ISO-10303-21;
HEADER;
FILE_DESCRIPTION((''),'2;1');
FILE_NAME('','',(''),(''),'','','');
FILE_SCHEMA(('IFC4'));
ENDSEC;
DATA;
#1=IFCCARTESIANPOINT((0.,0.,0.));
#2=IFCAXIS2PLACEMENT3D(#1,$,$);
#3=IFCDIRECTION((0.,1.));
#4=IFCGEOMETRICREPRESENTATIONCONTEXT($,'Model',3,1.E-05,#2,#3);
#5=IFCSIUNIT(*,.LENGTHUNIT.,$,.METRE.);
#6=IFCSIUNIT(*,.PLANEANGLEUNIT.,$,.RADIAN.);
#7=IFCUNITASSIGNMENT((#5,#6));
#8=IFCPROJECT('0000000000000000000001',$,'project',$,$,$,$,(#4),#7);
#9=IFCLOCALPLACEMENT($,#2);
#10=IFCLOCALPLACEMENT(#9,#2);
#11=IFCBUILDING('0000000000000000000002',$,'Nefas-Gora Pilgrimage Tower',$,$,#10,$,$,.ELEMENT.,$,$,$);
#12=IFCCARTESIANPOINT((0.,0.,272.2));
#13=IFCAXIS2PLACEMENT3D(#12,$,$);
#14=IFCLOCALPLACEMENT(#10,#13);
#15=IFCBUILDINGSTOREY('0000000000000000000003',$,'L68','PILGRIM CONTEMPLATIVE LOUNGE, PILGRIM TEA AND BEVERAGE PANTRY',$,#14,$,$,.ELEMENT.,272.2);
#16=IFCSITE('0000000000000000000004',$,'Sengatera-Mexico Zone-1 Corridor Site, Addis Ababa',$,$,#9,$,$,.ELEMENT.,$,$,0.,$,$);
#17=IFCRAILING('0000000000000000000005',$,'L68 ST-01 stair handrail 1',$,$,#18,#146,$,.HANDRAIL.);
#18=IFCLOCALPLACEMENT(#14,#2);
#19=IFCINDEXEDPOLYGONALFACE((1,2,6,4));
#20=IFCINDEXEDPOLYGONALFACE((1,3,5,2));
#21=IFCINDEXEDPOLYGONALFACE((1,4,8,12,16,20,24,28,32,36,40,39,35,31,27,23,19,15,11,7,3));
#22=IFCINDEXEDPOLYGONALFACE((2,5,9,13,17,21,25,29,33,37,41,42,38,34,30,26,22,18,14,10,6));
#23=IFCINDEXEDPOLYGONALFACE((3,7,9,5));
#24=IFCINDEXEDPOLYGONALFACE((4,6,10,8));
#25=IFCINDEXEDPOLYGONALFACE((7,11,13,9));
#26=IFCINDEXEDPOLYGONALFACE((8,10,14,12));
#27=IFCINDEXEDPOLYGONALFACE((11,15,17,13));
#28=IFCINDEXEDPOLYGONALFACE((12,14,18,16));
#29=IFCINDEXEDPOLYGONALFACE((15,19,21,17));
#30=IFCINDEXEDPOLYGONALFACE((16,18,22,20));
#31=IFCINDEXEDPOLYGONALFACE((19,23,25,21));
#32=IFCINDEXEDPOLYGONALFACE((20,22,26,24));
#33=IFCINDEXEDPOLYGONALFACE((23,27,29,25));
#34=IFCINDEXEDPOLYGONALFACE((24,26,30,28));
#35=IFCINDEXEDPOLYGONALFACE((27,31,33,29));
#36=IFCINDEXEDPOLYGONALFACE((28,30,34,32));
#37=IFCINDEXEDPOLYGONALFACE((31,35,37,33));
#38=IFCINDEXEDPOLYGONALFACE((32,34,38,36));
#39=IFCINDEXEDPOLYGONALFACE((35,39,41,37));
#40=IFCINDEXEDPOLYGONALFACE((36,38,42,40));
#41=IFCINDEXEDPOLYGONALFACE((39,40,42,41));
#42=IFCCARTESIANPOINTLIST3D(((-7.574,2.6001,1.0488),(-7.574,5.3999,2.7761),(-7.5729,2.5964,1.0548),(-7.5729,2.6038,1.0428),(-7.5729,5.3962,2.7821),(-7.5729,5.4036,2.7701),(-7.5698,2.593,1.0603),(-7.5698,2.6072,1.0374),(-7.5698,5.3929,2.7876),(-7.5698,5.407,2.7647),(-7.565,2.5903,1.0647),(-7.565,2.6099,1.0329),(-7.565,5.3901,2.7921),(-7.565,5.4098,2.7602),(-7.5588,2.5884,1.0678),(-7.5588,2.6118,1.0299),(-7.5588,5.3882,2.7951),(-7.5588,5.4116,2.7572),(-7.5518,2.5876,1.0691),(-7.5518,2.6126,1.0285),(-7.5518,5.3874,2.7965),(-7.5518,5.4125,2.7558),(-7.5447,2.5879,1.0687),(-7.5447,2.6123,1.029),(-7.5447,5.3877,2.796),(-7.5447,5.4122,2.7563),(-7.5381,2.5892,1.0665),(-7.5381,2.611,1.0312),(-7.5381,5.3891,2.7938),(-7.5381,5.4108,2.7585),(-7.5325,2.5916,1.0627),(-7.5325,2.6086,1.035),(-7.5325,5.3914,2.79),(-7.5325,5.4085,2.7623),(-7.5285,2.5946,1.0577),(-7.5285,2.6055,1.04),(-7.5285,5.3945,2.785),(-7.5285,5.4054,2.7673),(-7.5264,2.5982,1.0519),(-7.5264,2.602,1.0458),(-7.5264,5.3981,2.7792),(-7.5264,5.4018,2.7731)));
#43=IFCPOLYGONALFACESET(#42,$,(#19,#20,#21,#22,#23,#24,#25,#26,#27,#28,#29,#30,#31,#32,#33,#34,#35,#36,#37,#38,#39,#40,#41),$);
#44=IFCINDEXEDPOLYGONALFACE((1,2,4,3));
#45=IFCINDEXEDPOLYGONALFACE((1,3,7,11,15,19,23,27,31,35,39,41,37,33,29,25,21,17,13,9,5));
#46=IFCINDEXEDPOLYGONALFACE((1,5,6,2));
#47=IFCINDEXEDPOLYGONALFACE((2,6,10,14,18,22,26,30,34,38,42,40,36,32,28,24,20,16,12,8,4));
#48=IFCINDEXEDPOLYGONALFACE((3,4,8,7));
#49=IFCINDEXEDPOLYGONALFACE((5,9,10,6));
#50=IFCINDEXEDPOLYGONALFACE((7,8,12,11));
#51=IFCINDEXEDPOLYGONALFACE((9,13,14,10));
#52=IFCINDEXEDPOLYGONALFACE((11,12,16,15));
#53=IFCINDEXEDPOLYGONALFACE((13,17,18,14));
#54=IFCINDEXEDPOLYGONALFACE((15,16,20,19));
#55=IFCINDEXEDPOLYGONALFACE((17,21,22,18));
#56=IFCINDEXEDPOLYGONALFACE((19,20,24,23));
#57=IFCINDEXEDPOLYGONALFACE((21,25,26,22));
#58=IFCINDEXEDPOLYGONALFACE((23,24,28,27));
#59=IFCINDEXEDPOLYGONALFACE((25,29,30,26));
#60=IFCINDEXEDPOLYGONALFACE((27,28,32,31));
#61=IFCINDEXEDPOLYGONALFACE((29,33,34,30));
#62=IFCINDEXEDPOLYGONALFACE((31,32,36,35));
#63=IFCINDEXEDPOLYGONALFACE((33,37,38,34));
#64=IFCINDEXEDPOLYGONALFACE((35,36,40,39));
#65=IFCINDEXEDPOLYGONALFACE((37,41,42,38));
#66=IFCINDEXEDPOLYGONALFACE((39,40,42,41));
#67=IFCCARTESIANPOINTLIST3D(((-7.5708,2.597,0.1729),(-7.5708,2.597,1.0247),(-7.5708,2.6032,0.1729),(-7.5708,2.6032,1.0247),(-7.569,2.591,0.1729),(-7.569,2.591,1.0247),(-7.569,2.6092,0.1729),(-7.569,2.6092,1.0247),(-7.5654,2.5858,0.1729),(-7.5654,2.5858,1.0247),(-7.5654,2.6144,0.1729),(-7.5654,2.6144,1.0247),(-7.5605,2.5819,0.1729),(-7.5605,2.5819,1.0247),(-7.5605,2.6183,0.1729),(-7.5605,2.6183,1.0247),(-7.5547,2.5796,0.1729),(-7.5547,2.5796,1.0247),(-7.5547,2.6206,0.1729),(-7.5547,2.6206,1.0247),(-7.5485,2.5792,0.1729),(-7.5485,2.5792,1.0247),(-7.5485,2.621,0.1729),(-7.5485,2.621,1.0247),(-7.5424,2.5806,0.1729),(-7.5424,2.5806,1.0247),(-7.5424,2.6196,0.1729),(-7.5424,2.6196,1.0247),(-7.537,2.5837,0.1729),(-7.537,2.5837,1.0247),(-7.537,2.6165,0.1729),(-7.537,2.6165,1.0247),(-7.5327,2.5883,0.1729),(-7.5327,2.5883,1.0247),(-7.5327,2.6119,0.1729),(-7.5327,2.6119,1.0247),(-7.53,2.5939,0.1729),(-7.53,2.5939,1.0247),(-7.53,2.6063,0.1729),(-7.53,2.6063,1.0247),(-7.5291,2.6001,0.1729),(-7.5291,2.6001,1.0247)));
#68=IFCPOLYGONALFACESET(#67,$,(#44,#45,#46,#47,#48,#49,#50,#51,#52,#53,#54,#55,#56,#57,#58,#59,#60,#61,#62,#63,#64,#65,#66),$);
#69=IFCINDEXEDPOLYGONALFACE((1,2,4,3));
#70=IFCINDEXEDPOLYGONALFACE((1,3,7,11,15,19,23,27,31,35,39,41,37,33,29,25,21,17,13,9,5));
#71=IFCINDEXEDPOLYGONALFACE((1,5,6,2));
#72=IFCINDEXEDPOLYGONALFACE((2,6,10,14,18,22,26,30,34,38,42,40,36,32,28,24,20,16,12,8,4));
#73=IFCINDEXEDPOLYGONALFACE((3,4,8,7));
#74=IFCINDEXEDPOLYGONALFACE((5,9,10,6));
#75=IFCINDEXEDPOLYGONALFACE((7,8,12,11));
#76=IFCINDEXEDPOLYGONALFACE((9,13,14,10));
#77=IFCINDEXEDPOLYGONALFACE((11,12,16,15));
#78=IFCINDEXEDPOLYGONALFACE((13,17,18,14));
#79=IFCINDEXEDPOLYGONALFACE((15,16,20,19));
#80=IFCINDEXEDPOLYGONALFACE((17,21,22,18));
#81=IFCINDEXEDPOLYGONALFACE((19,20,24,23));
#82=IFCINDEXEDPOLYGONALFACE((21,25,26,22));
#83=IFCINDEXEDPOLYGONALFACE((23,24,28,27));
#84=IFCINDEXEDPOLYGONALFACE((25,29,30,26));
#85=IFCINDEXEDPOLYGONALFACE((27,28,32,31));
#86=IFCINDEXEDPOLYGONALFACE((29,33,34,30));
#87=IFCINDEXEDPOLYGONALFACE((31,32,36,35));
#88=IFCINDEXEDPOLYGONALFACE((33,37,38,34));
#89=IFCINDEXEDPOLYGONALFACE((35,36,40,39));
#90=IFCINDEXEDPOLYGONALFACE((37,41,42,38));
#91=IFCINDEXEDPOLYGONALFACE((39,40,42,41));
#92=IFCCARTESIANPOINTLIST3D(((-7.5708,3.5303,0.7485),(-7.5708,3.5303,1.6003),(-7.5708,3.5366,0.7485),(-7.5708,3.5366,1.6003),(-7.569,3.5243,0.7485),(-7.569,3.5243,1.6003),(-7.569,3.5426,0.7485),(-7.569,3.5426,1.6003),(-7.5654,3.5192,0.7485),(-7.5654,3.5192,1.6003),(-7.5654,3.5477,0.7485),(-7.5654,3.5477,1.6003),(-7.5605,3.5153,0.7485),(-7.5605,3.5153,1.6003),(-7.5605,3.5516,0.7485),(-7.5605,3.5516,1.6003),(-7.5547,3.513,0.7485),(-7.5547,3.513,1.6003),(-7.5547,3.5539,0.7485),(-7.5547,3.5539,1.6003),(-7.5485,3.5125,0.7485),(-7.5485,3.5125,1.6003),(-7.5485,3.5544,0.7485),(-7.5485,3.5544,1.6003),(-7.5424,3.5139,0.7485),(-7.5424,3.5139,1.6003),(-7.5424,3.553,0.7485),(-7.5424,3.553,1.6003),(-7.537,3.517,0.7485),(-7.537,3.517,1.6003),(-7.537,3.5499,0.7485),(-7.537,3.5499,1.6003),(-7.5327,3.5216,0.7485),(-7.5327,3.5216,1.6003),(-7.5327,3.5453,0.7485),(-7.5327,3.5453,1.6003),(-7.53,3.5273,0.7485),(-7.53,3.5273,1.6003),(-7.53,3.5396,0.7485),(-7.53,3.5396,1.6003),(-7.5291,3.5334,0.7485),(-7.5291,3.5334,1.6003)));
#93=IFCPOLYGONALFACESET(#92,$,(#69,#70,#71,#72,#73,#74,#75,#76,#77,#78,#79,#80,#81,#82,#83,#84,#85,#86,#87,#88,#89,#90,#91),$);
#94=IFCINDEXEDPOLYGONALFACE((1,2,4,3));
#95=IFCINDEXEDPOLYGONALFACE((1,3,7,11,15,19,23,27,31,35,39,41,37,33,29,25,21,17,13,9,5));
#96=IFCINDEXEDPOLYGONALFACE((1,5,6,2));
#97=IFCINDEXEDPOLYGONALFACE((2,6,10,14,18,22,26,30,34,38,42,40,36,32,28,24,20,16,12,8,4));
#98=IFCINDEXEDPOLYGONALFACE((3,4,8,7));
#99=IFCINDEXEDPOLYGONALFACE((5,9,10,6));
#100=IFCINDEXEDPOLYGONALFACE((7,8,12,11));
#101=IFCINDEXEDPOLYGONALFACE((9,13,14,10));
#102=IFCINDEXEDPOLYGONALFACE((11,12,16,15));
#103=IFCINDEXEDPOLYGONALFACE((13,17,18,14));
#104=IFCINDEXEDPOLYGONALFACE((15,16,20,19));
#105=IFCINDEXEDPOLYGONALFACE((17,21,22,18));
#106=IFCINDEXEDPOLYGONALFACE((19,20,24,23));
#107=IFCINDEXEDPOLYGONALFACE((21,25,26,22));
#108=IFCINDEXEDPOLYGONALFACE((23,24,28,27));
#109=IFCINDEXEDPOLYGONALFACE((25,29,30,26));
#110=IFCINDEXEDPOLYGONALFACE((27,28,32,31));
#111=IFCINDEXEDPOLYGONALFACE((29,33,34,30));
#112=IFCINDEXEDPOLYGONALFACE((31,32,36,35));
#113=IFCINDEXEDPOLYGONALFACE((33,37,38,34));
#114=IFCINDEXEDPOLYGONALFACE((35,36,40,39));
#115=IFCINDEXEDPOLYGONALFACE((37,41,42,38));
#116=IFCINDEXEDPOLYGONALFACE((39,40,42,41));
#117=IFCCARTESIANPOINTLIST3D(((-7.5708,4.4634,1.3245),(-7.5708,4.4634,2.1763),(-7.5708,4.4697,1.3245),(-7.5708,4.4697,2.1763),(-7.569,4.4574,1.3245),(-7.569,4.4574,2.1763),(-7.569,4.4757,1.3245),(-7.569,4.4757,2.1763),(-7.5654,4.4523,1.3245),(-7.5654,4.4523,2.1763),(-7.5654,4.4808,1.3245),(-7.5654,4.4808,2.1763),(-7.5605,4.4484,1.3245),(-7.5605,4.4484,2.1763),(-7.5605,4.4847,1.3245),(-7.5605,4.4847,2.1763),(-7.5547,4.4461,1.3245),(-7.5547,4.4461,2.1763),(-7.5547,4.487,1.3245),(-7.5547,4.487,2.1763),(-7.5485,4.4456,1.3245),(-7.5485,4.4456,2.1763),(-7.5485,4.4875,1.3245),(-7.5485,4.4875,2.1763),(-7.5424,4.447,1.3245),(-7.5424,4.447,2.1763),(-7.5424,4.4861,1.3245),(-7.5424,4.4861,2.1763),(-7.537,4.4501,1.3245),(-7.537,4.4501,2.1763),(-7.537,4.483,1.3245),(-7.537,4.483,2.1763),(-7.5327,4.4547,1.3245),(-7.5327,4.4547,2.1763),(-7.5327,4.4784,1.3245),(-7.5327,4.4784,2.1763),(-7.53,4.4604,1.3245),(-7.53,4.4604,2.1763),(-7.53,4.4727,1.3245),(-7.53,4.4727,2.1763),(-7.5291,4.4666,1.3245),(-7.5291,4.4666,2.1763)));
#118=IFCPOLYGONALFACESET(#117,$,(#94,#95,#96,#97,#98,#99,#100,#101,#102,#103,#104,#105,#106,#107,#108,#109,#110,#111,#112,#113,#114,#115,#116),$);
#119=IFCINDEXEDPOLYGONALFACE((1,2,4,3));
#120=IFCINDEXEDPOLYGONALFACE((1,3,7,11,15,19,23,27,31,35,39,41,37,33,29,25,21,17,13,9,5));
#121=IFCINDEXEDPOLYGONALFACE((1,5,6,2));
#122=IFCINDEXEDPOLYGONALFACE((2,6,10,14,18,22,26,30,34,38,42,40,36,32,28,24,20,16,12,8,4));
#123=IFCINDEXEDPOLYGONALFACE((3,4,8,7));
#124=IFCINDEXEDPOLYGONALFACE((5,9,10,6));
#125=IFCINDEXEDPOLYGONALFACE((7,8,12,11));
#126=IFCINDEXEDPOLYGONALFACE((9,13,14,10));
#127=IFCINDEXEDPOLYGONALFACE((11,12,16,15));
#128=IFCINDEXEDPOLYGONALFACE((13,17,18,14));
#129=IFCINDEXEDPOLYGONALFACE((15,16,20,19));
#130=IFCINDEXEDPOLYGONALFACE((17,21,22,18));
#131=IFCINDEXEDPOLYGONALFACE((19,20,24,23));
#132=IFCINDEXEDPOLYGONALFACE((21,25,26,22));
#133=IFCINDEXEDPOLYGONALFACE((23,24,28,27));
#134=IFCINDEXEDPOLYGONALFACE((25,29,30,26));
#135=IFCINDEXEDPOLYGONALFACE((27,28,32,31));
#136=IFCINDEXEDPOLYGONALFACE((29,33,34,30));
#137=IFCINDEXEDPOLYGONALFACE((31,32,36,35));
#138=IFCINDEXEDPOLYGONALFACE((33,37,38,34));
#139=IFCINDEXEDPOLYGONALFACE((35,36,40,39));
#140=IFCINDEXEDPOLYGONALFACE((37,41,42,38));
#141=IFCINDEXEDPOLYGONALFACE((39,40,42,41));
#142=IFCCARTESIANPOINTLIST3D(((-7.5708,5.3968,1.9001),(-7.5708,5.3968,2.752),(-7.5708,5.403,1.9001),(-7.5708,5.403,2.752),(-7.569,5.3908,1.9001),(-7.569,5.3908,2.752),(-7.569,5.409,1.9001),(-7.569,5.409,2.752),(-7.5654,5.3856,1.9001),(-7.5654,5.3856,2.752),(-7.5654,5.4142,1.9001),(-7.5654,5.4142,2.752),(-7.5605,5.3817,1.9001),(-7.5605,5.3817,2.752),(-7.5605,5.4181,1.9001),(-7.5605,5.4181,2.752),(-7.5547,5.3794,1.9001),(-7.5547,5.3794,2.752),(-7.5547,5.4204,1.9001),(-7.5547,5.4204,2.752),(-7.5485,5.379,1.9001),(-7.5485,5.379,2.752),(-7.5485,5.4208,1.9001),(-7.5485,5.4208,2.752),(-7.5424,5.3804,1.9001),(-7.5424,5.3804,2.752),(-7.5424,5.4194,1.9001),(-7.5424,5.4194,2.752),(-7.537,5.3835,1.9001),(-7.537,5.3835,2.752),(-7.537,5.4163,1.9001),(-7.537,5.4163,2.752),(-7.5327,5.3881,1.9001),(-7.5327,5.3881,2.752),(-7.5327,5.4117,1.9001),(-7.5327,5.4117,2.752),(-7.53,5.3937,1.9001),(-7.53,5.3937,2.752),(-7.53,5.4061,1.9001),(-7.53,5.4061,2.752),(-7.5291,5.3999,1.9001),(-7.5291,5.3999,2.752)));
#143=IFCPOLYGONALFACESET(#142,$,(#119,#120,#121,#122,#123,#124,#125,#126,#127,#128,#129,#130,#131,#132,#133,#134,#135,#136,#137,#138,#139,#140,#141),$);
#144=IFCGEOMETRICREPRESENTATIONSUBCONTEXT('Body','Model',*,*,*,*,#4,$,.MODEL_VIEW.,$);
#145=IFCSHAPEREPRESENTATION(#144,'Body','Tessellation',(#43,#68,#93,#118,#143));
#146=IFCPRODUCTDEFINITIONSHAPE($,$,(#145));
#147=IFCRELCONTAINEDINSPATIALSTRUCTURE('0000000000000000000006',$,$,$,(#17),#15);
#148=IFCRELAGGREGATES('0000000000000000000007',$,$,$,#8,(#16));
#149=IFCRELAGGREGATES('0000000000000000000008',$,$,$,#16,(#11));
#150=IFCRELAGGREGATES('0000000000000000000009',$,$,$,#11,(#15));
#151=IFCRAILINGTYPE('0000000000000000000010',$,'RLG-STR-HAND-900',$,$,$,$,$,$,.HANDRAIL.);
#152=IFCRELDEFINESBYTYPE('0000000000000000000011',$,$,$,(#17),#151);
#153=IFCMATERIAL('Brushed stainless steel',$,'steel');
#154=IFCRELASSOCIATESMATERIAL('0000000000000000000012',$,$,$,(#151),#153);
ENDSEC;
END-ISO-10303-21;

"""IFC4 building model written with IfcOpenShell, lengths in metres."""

from ifc_helpers import new_model, si_unit, direction, frame, origin, origin_2d, place, context, subcontext, project, spatial, circle, extrude, material, type_object, element, save


model = new_model("IFC4")

# Units and contexts
model_context = context("Model", 3, precision=1e-05, world=origin(), true_north=direction((0.0, 1.0)))
body_context = subcontext(model_context, "Body", "Model", "MODEL_VIEW")
ifc_project = project(units=[si_unit("LENGTHUNIT", "METRE"), si_unit("PLANEANGLEUNIT", "RADIAN")], contexts=[model_context])

# Site, building, storey
site_placement = place(None, origin())
site = spatial("IfcSite", under=ifc_project, at=site_placement, Name="Sengatera-Mexico Zone-1 Corridor Site, Addis Ababa", CompositionType="ELEMENT", RefElevation=0.0)
building_placement = place(site_placement, origin())
building = spatial("IfcBuilding", under=site, at=building_placement, Name="Nefas-Gora Pilgrimage Tower", CompositionType="ELEMENT")
storey_placement = place(building_placement, frame((0.0, 0.0, 272.2)))
storey = spatial("IfcBuildingStorey", under=building, at=storey_placement, Name="L68", Description="PILGRIM CONTEMPLATIVE LOUNGE, PILGRIM TEA AND BEVERAGE PANTRY", CompositionType="ELEMENT", Elevation=272.2)

# Railing
ifc_material_1 = material(Name="Brushed stainless steel", Category="steel")
railing_type_1 = type_object("IfcRailingType", Name="RLG-STR-HAND-900", PredefinedType="HANDRAIL", material=ifc_material_1)
railing_1_placement = place(storey_placement, frame((-7.55, 2.6001, 0.1729)))
element("IfcRailing", 1, at=railing_1_placement, inside=storey, type_object=railing_type_1, Name="L68 ST-01 stair handrail 1", PredefinedType="HANDRAIL", context=body_context, shape_type="SweptSolid", body=[
    extrude(circle(Radius=0.0239, at=origin_2d()), frame((0.0, 0.0, 0.876), z_axis=(0.0, 0.851069, 0.525054), x_axis=(-1.0, 0.0, 0.0)), (0.0, 0.0, 1.0), 3.2898),
    extrude(circle(Radius=0.021, at=origin_2d()), origin(), (0.0, 0.0, 1.0), 0.8518),
    extrude(circle(Radius=0.021, at=origin_2d()), frame((0.0, 0.9333, 0.5757)), (0.0, 0.0, 1.0), 0.8518),
    extrude(circle(Radius=0.021, at=origin_2d()), frame((0.0, 1.8665, 1.1516)), (0.0, 0.0, 1.0), 0.8518),
    extrude(circle(Radius=0.021, at=origin_2d()), frame((0.0, 2.7998, 1.7273)), (0.0, 0.0, 1.0), 0.8518),
])

save(model, "model.ifc")
